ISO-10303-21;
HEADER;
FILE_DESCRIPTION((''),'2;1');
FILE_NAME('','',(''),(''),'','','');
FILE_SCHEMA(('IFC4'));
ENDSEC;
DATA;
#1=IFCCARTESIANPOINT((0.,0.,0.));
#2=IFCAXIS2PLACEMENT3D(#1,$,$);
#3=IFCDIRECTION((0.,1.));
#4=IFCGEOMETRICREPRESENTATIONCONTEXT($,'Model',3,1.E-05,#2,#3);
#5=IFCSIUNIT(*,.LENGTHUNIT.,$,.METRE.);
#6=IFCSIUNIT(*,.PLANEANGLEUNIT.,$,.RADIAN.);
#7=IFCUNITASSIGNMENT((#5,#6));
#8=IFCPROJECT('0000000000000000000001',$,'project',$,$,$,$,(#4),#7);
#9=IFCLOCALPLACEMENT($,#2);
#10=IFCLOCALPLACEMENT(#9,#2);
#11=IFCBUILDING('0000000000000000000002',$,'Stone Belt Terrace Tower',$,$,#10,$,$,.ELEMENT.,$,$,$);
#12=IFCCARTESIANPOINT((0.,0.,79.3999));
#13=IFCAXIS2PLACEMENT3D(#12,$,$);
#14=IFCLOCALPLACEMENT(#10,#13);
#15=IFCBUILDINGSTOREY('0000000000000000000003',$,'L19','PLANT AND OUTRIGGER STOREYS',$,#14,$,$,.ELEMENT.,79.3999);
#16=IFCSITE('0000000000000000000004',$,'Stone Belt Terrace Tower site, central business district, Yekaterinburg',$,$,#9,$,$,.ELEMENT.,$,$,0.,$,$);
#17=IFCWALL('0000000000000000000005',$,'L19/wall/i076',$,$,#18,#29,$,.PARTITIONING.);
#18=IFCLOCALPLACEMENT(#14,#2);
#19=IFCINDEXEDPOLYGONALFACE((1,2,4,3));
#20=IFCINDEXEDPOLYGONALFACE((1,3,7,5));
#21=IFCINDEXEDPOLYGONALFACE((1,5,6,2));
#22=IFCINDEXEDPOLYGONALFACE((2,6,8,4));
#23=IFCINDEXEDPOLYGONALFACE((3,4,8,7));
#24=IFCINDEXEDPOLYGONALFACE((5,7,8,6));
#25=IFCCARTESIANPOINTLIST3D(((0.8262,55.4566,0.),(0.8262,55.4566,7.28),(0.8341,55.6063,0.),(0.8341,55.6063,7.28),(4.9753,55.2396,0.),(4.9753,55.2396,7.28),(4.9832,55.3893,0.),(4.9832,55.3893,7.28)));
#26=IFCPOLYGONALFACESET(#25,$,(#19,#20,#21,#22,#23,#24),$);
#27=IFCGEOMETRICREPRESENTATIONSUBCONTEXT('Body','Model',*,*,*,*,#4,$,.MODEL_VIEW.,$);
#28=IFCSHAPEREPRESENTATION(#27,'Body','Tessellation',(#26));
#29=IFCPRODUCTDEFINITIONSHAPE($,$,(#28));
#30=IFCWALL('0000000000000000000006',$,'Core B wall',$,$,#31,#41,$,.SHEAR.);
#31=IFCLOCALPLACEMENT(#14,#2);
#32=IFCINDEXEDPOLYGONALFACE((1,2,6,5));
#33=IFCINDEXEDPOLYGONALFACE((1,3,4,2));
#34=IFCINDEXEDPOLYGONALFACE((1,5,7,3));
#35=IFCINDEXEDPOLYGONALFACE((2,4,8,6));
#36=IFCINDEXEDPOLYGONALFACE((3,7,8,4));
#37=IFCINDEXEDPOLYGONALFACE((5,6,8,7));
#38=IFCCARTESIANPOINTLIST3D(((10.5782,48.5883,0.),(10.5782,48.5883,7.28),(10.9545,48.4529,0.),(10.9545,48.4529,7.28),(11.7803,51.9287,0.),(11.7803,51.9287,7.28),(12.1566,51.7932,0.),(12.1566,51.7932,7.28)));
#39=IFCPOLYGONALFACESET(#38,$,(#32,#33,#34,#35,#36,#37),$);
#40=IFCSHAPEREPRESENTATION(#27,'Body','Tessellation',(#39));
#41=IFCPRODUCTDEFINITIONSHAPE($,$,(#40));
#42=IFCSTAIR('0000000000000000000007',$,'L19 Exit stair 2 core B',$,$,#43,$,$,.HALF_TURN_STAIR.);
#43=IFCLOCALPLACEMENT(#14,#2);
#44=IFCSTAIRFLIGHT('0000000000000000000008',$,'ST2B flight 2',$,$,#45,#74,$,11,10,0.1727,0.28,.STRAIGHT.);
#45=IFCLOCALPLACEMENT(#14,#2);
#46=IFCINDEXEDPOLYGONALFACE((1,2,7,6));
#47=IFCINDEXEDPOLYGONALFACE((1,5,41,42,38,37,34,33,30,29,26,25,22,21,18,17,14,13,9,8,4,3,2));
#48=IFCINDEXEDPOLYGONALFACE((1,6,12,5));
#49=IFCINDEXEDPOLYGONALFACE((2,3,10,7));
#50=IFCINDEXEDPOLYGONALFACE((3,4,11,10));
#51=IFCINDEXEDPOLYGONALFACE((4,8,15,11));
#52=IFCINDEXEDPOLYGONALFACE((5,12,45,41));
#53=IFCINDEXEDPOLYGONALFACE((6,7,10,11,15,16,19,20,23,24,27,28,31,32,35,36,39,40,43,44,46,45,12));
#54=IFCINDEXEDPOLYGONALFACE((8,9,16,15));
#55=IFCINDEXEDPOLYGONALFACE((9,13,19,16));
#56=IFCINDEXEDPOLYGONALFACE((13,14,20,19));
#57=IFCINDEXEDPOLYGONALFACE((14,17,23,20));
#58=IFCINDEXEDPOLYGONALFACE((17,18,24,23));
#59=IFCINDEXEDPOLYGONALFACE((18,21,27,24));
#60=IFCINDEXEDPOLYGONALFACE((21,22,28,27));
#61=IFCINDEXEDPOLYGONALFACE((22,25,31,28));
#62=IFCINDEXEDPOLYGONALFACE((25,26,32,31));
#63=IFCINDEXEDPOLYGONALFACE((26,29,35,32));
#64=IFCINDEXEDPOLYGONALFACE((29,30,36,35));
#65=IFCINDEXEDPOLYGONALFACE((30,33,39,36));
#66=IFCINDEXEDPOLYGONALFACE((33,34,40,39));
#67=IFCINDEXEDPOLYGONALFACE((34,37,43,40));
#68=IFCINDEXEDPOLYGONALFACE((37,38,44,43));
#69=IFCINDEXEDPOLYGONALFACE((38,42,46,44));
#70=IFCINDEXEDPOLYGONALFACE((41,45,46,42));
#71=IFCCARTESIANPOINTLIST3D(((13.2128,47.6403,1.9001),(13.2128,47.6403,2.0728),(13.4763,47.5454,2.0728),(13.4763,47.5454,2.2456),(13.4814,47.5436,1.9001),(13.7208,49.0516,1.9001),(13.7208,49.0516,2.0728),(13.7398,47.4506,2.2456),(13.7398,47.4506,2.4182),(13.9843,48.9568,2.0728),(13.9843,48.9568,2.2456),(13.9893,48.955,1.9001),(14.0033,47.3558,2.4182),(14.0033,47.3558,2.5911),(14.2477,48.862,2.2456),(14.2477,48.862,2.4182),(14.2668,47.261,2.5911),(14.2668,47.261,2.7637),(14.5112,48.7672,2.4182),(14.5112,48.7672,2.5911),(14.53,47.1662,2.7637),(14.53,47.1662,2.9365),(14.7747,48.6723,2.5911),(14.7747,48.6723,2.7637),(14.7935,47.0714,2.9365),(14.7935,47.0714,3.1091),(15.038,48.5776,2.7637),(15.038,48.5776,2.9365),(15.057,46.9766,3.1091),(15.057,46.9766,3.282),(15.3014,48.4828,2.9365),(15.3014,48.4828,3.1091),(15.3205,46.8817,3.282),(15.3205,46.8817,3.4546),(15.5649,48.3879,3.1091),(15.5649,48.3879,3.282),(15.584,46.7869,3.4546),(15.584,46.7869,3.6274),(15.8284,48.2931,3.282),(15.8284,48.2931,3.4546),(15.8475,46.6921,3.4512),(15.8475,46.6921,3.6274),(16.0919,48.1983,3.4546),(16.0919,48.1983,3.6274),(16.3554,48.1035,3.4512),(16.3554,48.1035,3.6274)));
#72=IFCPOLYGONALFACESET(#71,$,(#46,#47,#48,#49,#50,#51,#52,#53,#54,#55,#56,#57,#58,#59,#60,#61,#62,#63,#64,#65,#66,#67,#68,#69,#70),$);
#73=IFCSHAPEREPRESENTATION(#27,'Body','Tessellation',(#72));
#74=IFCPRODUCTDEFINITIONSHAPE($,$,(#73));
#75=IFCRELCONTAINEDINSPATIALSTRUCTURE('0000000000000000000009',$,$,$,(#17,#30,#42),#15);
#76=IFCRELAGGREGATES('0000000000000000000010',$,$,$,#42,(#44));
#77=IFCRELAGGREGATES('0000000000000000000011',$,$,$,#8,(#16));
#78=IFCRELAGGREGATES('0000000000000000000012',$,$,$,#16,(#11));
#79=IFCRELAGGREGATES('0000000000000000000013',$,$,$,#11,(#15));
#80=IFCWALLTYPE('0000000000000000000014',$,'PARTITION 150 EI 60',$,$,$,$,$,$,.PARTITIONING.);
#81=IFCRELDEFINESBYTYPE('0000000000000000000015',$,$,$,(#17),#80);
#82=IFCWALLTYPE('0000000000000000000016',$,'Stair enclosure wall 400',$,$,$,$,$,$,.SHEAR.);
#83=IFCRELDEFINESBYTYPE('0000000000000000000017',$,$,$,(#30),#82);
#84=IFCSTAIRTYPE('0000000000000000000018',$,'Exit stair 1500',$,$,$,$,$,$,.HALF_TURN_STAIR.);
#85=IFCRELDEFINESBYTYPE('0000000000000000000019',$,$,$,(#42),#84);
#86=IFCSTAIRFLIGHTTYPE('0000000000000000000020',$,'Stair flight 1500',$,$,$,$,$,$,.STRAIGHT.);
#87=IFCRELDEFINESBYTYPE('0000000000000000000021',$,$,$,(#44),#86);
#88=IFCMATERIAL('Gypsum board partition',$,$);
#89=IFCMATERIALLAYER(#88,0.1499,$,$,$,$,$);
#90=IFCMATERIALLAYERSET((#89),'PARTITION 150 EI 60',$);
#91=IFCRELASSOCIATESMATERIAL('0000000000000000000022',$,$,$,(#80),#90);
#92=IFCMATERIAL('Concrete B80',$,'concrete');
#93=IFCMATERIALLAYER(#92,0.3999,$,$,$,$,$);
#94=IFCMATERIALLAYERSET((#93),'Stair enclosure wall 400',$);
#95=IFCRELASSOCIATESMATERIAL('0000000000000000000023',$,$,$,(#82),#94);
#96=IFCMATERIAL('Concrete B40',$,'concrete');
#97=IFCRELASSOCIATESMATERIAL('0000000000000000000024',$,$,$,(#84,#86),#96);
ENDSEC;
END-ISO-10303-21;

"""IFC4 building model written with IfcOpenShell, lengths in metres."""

from ifc_helpers import new_model, si_unit, direction, frame, frame_2d, origin, place, context, subcontext, project, spatial, polyline, rectangle, outline, extrude, material, layer, layer_set, type_object, element, aggregate, save


model = new_model("IFC4")

# Units and contexts
model_context = context("Model", 3, precision=1e-05, world=origin(), true_north=direction((0.0, 1.0)))
body_context = subcontext(model_context, "Body", "Model", "MODEL_VIEW")
ifc_project = project(units=[si_unit("LENGTHUNIT", "METRE"), si_unit("PLANEANGLEUNIT", "RADIAN")], contexts=[model_context])

# Site, building, storey
site_placement = place(None, origin())
site = spatial("IfcSite", under=ifc_project, at=site_placement, Name="Stone Belt Terrace Tower site, central business district, Yekaterinburg", CompositionType="ELEMENT", RefElevation=0.0)
building_placement = place(site_placement, origin())
building = spatial("IfcBuilding", under=site, at=building_placement, Name="Stone Belt Terrace Tower", CompositionType="ELEMENT")
storey_placement = place(building_placement, frame((0.0, 0.0, 79.3999)))
storey = spatial("IfcBuildingStorey", under=building, at=storey_placement, Name="L19", Description="PLANT AND OUTRIGGER STOREYS", CompositionType="ELEMENT", Elevation=79.3999)

# Shared definitions
ifc_material_1 = material(Name="Concrete B80", Category="concrete")

# Shared definitions
ifc_material_2 = material(Name="Gypsum board partition")
ifc_layer_1 = layer(ifc_material_2, 0.1499)
ifc_layer_set_1 = layer_set([ifc_layer_1], Name="PARTITION 150 EI 60")
wall_type_1 = type_object("IfcWallType", Name="PARTITION 150 EI 60", PredefinedType="PARTITIONING", material=ifc_layer_set_1)

# Walls
wall_1_placement = place(storey_placement, frame((4.9792, 55.3145, 0.0), z_axis=(0.0, 0.0, 1.0), x_axis=(-0.998635, 0.052238, 0.0)))
element("IfcWall", 1, at=wall_1_placement, inside=storey, type_object=wall_type_1, Name="L19/wall/i076", PredefinedType="PARTITIONING", context=body_context, shape_type="SweptSolid", body=[
    extrude(rectangle(XDim=4.1548, YDim=0.1499, at=frame_2d((2.0774, 0.0))), origin(), (0.0, 0.0, 1.0), 7.28),
])
ifc_layer_2 = layer(ifc_material_1, 0.3999)
ifc_layer_set_2 = layer_set([ifc_layer_2], Name="Stair enclosure wall 400")
wall_type_2 = type_object("IfcWallType", Name="Stair enclosure wall 400", PredefinedType="SHEAR", material=ifc_layer_set_2)
wall_2_placement = place(storey_placement, frame((10.7664, 48.5208, 0.0), z_axis=(0.0, 0.0, 1.0), x_axis=(0.338627, 0.940921, 0.0)))
element("IfcWall", 2, at=wall_2_placement, inside=storey, type_object=wall_type_2, Name="Core B wall", PredefinedType="SHEAR", context=body_context, shape_type="SweptSolid", body=[
    extrude(rectangle(XDim=3.55, YDim=0.3999, at=frame_2d((1.7749, 0.0))), origin(), (0.0, 0.0, 1.0), 7.28),
])

# Stair, stair flight
ifc_material_3 = material(Name="Concrete B40", Category="concrete")
stair_type = type_object("IfcStairType", Name="Exit stair 1500", PredefinedType="HALF_TURN_STAIR", material=ifc_material_3)
stair_placement = place(storey_placement, origin())
stair = element("IfcStair", 3, at=stair_placement, inside=storey, type_object=stair_type, Name="L19 Exit stair 2 core B", PredefinedType="HALF_TURN_STAIR")
stair_flight_type = type_object("IfcStairFlightType", Name="Stair flight 1500", PredefinedType="STRAIGHT", material=ifc_material_3)
stair_flight_placement = place(storey_placement, frame((13.4668, 48.3459, 1.9001), z_axis=(0.0, 0.0, 1.0), x_axis=(0.940922, -0.338624, 0.0)))
stair_flight = element("IfcStairFlight", 4, at=stair_flight_placement, type_object=stair_flight_type, Name="ST2B flight 2", NumberOfRisers=11, NumberOfTreads=10, PredefinedType="STRAIGHT", RiserHeight=0.1727, TreadLength=0.28, context=body_context, shape_type="SweptSolid", body=[
    extrude(outline(polyline([(0.0, 0.0), (0.0, 0.1726), (0.28, 0.1726), (0.28, 0.3455), (0.5601, 0.3455), (0.5601, 0.5181), (0.8401, 0.5181), (0.8401, 0.6909), (1.1201, 0.6909), (1.1201, 0.8635), (1.3999, 0.8635), (1.3999, 1.0364), (1.6799, 1.0364), (1.6799, 1.209), (1.96, 1.209), (1.96, 1.3818), (2.24, 1.3818), (2.24, 1.5544), (2.52, 1.5544), (2.52, 1.7273), (2.8, 1.7273), (2.8, 1.8999), (2.8, 1.551), (0.2854, 0.0), (0.0, 0.0)])), frame((0.0, 0.75, 0.0), z_axis=(0.0, -1.0, 0.0), x_axis=(1.0, 0.0, 0.0)), (0.0, 0.0, 1.0), 1.5),
])
aggregate(stair, [stair_flight])

save(model, "model.ifc")
